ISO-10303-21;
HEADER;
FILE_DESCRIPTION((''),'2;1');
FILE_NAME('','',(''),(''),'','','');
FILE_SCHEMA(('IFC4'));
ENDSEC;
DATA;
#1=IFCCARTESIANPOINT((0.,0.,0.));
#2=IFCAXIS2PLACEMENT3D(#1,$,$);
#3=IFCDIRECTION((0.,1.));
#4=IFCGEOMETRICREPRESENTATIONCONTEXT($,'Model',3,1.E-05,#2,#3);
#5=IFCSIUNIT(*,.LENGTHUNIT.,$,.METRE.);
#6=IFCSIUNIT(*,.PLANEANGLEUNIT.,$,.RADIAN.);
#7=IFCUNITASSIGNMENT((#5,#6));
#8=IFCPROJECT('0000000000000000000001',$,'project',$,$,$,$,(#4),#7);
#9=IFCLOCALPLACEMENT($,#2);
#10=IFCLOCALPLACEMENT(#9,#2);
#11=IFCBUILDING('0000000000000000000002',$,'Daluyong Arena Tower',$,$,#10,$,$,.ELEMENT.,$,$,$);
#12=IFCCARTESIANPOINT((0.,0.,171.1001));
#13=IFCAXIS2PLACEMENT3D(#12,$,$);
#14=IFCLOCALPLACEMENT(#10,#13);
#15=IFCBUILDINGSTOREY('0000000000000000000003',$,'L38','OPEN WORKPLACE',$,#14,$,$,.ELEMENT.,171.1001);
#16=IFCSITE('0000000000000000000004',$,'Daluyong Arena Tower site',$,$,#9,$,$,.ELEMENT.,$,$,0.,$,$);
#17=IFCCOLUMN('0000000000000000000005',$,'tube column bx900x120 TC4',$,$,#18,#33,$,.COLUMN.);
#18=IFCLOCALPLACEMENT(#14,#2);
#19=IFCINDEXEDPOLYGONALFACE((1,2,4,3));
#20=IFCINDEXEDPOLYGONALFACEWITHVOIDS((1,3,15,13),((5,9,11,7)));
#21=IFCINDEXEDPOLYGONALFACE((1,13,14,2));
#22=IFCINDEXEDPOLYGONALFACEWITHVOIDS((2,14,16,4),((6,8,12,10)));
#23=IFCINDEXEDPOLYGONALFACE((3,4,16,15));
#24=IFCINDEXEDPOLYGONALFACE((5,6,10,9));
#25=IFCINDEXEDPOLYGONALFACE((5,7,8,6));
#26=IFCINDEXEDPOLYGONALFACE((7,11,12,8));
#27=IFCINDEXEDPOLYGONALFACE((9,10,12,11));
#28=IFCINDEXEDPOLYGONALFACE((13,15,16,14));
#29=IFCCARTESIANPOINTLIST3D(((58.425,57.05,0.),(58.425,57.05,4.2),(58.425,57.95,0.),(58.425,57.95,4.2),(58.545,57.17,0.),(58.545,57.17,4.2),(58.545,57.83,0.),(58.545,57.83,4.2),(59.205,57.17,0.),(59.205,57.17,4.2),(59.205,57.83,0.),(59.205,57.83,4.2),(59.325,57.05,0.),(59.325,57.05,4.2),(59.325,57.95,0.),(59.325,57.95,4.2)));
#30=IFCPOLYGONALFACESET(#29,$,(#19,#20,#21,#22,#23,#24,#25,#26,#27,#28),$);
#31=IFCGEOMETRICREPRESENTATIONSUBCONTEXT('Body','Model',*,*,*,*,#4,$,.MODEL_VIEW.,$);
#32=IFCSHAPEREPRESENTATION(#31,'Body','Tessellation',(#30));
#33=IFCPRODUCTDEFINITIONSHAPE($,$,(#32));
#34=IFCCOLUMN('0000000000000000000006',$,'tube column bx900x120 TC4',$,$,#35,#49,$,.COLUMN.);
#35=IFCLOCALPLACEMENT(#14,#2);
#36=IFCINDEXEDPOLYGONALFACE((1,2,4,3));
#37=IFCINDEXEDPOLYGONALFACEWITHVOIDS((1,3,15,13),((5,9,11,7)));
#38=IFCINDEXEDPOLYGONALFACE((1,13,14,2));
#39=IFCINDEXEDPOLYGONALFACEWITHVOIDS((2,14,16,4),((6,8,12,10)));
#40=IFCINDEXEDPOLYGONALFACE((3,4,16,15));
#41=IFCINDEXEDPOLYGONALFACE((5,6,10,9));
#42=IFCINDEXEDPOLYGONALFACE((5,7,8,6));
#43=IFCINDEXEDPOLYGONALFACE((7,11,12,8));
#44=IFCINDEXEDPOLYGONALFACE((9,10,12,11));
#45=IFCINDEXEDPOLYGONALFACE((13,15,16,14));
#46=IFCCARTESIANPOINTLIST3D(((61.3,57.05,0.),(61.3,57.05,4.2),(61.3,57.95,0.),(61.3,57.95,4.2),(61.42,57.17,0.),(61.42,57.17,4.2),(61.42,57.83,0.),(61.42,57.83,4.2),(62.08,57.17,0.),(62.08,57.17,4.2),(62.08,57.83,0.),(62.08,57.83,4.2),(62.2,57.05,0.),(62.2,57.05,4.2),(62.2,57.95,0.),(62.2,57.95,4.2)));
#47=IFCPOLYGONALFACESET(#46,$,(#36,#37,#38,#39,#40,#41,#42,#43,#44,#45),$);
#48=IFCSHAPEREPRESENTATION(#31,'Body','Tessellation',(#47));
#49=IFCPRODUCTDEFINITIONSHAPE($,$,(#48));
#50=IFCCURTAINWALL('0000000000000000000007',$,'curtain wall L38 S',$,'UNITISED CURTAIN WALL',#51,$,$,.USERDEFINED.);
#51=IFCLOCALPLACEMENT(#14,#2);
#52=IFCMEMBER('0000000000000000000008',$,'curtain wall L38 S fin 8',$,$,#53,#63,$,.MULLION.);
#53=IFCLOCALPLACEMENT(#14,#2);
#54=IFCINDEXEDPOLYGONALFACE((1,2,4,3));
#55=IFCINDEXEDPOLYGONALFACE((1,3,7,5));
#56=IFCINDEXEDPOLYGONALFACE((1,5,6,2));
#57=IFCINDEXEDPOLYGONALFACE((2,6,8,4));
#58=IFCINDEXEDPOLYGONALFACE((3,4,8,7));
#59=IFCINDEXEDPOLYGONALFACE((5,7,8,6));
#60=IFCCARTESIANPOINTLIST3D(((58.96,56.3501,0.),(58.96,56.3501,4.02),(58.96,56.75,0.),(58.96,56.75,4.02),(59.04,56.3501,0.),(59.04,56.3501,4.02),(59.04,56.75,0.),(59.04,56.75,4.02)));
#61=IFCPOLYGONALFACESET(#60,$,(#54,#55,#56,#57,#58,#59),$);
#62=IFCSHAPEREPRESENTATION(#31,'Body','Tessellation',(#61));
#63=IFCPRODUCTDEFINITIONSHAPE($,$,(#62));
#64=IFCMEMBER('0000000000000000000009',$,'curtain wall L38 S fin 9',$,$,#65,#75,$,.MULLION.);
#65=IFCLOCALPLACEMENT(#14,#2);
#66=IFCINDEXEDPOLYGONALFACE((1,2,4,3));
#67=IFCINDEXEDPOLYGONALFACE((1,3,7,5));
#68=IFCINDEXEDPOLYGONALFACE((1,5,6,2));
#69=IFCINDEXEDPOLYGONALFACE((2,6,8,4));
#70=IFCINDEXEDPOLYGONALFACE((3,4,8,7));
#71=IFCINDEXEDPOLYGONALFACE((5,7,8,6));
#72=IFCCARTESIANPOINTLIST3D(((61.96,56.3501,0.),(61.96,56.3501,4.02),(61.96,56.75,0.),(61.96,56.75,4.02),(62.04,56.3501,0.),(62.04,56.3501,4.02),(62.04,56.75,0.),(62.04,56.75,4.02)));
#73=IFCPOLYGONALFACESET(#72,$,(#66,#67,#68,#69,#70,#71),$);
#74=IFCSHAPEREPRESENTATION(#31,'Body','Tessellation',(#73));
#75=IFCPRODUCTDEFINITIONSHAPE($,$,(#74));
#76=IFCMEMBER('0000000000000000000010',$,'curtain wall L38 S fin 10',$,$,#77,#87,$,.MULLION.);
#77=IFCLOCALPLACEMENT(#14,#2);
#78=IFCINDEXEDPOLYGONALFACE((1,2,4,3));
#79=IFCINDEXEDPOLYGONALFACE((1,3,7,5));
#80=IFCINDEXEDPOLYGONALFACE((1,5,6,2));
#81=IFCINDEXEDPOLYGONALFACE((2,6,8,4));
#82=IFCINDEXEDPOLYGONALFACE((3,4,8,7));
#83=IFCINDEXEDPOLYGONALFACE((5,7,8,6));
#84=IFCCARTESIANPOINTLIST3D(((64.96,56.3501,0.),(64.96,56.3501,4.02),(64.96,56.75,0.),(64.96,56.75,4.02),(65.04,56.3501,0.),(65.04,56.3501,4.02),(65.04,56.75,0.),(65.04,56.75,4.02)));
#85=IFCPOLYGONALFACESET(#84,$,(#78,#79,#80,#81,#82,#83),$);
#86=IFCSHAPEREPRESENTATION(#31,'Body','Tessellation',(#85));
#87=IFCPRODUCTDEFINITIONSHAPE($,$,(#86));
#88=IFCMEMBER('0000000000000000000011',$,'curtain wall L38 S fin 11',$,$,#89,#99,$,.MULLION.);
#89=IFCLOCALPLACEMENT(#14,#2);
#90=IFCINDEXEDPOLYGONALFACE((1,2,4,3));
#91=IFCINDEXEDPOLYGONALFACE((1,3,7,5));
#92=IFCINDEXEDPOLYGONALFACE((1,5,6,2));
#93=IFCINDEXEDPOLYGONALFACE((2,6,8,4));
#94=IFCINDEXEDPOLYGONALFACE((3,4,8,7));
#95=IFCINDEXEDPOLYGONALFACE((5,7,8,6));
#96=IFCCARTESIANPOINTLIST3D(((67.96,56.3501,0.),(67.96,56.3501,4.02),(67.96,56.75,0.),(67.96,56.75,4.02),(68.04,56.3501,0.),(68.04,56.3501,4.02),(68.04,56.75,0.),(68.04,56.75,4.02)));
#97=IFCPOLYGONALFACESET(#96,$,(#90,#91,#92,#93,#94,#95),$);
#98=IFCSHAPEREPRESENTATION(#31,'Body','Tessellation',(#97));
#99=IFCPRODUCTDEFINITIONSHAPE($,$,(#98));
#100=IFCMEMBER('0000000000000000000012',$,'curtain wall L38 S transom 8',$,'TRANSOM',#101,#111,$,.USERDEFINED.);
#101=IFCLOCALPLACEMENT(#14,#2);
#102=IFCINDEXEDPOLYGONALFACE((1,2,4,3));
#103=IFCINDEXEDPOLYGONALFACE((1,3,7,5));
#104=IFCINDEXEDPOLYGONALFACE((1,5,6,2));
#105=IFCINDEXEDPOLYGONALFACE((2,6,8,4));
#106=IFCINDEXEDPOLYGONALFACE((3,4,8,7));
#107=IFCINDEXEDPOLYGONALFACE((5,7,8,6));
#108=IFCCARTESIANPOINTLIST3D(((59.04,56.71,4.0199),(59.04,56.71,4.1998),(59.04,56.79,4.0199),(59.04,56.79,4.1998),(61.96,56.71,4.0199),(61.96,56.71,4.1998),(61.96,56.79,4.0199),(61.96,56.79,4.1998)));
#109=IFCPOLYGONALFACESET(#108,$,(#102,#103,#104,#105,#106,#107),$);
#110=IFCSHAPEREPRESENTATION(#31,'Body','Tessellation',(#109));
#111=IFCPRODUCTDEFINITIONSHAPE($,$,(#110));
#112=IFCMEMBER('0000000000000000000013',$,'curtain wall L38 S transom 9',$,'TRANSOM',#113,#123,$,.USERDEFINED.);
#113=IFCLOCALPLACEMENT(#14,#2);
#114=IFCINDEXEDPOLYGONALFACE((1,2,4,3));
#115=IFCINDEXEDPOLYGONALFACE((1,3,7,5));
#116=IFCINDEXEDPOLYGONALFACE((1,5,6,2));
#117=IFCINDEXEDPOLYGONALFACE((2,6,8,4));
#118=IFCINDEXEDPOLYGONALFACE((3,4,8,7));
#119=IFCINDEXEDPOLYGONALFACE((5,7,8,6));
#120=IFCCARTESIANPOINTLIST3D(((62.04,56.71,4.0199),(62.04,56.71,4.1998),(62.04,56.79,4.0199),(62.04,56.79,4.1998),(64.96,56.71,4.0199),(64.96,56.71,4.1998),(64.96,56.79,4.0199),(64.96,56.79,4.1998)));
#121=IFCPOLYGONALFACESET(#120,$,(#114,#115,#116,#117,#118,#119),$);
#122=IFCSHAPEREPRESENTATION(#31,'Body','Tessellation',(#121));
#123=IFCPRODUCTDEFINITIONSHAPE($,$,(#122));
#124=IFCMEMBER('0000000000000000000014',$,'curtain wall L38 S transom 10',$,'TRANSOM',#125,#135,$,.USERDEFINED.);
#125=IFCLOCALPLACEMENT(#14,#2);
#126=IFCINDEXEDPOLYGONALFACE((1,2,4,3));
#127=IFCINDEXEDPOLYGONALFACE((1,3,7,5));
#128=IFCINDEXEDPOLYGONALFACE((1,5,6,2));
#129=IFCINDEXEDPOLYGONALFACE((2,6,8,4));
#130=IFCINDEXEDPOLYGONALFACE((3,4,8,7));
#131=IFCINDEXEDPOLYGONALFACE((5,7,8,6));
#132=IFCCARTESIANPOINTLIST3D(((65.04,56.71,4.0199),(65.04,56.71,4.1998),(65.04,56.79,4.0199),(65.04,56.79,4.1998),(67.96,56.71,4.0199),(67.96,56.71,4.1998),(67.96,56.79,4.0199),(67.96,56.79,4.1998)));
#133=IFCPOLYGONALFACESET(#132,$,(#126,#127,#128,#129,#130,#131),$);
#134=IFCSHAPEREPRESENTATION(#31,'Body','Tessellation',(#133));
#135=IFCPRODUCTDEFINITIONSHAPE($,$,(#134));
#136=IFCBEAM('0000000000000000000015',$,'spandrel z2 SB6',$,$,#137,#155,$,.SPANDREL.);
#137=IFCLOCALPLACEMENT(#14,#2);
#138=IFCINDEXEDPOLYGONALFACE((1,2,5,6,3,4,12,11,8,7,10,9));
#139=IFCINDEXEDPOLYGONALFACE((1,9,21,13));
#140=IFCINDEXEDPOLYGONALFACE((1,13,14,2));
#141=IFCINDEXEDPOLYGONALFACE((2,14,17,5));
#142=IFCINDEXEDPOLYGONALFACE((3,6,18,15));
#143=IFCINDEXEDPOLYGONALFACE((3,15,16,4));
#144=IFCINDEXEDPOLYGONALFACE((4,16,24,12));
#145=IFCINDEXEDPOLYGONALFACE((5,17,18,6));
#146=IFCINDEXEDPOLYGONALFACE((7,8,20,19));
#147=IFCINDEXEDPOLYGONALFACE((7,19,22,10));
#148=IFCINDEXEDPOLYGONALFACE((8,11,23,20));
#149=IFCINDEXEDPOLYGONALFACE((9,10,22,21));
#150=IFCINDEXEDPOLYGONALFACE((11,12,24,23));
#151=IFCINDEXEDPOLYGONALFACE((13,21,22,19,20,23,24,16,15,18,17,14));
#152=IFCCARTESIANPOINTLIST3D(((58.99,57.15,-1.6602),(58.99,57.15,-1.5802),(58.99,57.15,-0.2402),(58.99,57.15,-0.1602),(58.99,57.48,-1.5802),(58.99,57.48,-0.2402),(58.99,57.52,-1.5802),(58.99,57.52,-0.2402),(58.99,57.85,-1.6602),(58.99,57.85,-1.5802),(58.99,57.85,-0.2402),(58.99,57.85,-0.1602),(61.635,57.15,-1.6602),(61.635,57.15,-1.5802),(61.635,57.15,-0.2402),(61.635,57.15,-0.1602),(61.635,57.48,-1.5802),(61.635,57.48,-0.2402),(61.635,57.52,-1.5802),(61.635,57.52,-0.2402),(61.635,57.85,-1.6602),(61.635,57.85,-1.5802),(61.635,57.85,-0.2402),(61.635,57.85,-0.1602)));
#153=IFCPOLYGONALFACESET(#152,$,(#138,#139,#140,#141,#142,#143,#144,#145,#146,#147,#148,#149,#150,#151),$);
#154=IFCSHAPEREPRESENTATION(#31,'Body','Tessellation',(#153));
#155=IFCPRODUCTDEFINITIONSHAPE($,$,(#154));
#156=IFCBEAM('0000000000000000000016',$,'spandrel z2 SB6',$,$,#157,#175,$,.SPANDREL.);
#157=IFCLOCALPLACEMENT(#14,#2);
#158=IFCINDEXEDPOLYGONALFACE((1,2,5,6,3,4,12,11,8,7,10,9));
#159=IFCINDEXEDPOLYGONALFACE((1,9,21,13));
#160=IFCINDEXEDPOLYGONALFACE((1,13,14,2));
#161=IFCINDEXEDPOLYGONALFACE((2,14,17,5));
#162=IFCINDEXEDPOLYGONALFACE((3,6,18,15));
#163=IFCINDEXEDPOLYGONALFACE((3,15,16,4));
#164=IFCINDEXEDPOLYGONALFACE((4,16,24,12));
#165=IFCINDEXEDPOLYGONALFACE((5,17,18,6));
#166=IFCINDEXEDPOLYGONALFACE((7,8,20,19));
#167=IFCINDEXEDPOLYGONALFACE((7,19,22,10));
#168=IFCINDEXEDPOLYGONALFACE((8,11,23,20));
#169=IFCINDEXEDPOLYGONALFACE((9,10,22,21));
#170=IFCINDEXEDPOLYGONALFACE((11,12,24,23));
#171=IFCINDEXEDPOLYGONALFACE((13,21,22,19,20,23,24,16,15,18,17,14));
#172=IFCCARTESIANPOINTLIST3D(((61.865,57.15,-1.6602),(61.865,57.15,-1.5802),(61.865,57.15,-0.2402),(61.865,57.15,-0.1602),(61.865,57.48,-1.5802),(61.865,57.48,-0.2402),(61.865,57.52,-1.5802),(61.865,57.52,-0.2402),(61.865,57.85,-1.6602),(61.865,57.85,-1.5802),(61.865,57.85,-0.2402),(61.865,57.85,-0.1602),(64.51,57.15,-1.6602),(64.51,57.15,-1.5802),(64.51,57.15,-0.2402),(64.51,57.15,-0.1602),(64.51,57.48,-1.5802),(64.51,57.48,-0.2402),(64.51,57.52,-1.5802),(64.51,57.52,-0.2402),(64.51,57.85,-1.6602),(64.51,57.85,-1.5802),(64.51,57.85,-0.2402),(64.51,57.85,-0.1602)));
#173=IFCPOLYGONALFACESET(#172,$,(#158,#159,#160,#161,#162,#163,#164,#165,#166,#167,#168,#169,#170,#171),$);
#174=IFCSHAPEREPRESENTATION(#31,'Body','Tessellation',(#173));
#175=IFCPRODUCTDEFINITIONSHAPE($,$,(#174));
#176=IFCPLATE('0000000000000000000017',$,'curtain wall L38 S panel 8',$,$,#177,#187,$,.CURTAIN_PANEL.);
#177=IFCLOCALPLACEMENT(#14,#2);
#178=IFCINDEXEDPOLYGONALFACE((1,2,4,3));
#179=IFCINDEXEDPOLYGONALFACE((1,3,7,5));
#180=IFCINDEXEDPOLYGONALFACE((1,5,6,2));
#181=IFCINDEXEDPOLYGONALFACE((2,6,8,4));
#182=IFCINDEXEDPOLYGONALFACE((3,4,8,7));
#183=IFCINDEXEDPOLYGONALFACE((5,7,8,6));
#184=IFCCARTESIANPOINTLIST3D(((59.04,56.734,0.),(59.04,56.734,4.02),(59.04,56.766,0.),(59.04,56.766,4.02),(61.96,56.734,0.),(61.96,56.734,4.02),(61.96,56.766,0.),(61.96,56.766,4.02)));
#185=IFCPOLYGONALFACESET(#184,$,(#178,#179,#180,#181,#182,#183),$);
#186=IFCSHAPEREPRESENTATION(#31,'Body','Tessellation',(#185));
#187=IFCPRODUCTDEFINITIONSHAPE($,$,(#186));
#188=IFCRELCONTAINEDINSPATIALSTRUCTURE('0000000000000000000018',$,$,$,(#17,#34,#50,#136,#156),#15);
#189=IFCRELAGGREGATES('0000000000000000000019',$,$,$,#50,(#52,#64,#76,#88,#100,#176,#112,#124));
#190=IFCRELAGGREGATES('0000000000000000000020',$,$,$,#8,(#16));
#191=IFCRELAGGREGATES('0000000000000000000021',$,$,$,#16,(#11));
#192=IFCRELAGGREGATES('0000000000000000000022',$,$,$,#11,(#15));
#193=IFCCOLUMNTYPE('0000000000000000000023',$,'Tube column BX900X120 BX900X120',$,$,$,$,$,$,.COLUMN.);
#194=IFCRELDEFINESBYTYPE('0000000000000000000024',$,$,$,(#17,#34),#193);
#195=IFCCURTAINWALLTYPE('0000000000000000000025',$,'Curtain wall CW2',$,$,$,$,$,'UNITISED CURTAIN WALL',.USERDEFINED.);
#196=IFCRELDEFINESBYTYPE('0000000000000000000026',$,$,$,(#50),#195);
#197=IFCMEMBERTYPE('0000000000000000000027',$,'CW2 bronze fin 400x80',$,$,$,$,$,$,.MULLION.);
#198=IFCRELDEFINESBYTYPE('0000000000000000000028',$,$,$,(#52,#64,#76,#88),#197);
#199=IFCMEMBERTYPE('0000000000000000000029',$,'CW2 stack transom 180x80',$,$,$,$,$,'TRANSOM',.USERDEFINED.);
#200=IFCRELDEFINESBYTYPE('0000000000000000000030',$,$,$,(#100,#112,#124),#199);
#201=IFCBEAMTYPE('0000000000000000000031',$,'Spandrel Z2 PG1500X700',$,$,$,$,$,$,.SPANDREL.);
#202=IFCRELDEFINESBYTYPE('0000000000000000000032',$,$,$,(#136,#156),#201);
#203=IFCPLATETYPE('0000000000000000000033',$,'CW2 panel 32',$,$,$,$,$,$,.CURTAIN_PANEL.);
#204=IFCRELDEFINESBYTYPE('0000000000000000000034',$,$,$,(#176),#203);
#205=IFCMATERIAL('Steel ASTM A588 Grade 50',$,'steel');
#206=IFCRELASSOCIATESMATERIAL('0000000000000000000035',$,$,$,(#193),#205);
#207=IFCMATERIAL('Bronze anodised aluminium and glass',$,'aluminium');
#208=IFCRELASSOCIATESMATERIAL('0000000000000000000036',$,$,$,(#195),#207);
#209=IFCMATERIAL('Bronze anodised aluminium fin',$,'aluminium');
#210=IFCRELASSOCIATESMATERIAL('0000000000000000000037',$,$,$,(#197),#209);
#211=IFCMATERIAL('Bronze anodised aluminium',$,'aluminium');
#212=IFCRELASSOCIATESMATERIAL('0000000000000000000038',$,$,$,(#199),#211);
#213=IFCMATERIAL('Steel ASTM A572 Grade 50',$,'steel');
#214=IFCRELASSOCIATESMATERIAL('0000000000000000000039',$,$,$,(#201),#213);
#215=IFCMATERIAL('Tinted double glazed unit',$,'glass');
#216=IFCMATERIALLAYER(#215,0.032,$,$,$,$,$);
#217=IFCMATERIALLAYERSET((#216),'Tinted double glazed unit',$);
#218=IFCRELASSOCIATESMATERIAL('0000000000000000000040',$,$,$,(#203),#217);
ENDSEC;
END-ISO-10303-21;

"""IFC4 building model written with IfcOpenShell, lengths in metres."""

from ifc_helpers import new_model, si_unit, direction, frame, origin, origin_2d, place, context, subcontext, project, spatial, rectangle, hollow_rectangle, i_section, extrude, material, layer, layer_set, material_profile, profile_set, type_object, element, aggregate, save


model = new_model("IFC4")

# Units and contexts
model_context = context("Model", 3, precision=1e-05, world=origin(), true_north=direction((0.0, 1.0)))
body_context = subcontext(model_context, "Body", "Model", "MODEL_VIEW")
ifc_project = project(units=[si_unit("LENGTHUNIT", "METRE"), si_unit("PLANEANGLEUNIT", "RADIAN")], contexts=[model_context])

# Site, building, storey
site_placement = place(None, origin())
site = spatial("IfcSite", under=ifc_project, at=site_placement, Name="Daluyong Arena Tower site", CompositionType="ELEMENT", RefElevation=0.0)
building_placement = place(site_placement, origin())
building = spatial("IfcBuilding", under=site, at=building_placement, Name="Daluyong Arena Tower", CompositionType="ELEMENT")
storey_placement = place(building_placement, frame((0.0, 0.0, 171.1001)))
storey = spatial("IfcBuildingStorey", under=building, at=storey_placement, Name="L38", Description="OPEN WORKPLACE", CompositionType="ELEMENT", Elevation=171.1001)

# Columns
ifc_material_1 = material(Name="Steel ASTM A588 Grade 50", Category="steel")
ifc_material_profile_1 = material_profile(ifc_material_1, hollow_rectangle(XDim=0.8999, YDim=0.8999, WallThickness=0.12, at=origin_2d()))
ifc_profile_set_1 = profile_set([ifc_material_profile_1], Name="Steel ASTM A588 Grade 50")
column_type = type_object("IfcColumnType", Name="Tube column BX900X120 BX900X120", PredefinedType="COLUMN", material=ifc_profile_set_1)
for number, where, z_axis, x_axis, name in (
    (1, (58.875, 57.5, 0.0), (0.0, 0.0, 1.0), (1.0, 0.0, 0.0), "tube column bx900x120 TC4"),
    (2, (61.75, 57.5, 0.0), (0.0, 0.0, 1.0), (1.0, 0.0, 0.0), "tube column bx900x120 TC4"),
):
    element("IfcColumn", number, at=place(storey_placement, frame(where, z_axis=z_axis, x_axis=x_axis)), inside=storey, type_object=column_type, Name=name, PredefinedType="COLUMN", context=body_context, shape_type="SweptSolid", body=[
        extrude(hollow_rectangle(XDim=0.8999, YDim=0.8999, WallThickness=0.12, at=origin_2d()), origin(), (0.0, 0.0, 1.0), 4.2),
    ])

# Curtain wall, members
ifc_material_2 = material(Name="Bronze anodised aluminium and glass", Category="aluminium")
curtain_wall_type = type_object("IfcCurtainWallType", Name="Curtain wall CW2", ElementType="UNITISED CURTAIN WALL", PredefinedType="USERDEFINED", material=ifc_material_2)
curtain_wall_placement = place(storey_placement, origin())
curtain_wall = element("IfcCurtainWall", 3, at=curtain_wall_placement, inside=storey, type_object=curtain_wall_type, Name="curtain wall L38 S", ObjectType="UNITISED CURTAIN WALL", PredefinedType="USERDEFINED")
ifc_material_3 = material(Name="Bronze anodised aluminium fin", Category="aluminium")
ifc_material_profile_2 = material_profile(ifc_material_3, rectangle(XDim=0.3999, YDim=0.0801, at=origin_2d()))
ifc_profile_set_2 = profile_set([ifc_material_profile_2], Name="Bronze anodised aluminium fin")
member_type_1 = type_object("IfcMemberType", Name="CW2 bronze fin 400x80", PredefinedType="MULLION", material=ifc_profile_set_2)
member_1_placement = place(storey_placement, frame((59.0, 56.55, 0.0), z_axis=(0.0, 0.0, 1.0), x_axis=(0.0, 1.0, 0.0)))
member_1 = element("IfcMember", 4, at=member_1_placement, type_object=member_type_1, Name="curtain wall L38 S fin 8", PredefinedType="MULLION", context=body_context, shape_type="SweptSolid", body=[
    extrude(rectangle(XDim=0.3999, YDim=0.0801, at=origin_2d()), origin(), (0.0, 0.0, 1.0), 4.02),
])
member_2_placement = place(storey_placement, frame((62.0, 56.55, 0.0), z_axis=(0.0, 0.0, 1.0), x_axis=(0.0, 1.0, 0.0)))
member_2 = element("IfcMember", 5, at=member_2_placement, type_object=member_type_1, Name="curtain wall L38 S fin 9", PredefinedType="MULLION", context=body_context, shape_type="SweptSolid", body=[
    extrude(rectangle(XDim=0.3999, YDim=0.0801, at=origin_2d()), origin(), (0.0, 0.0, 1.0), 4.02),
])
member_3_placement = place(storey_placement, frame((65.0, 56.55, 0.0), z_axis=(0.0, 0.0, 1.0), x_axis=(0.0, 1.0, 0.0)))
member_3 = element("IfcMember", 6, at=member_3_placement, type_object=member_type_1, Name="curtain wall L38 S fin 10", PredefinedType="MULLION", context=body_context, shape_type="SweptSolid", body=[
    extrude(rectangle(XDim=0.3999, YDim=0.0801, at=origin_2d()), origin(), (0.0, 0.0, 1.0), 4.02),
])
member_4_placement = place(storey_placement, frame((68.0, 56.55, 0.0), z_axis=(0.0, 0.0, 1.0), x_axis=(0.0, 1.0, 0.0)))
member_4 = element("IfcMember", 7, at=member_4_placement, type_object=member_type_1, Name="curtain wall L38 S fin 11", PredefinedType="MULLION", context=body_context, shape_type="SweptSolid", body=[
    extrude(rectangle(XDim=0.3999, YDim=0.0801, at=origin_2d()), origin(), (0.0, 0.0, 1.0), 4.02),
])
ifc_material_4 = material(Name="Bronze anodised aluminium", Category="aluminium")
ifc_material_profile_3 = material_profile(ifc_material_4, rectangle(XDim=0.0801, YDim=0.1799, at=origin_2d()))
ifc_profile_set_3 = profile_set([ifc_material_profile_3], Name="Bronze anodised aluminium")
member_type_2 = type_object("IfcMemberType", Name="CW2 stack transom 180x80", ElementType="TRANSOM", PredefinedType="USERDEFINED", material=ifc_profile_set_3)
member_5_placement = place(storey_placement, frame((59.04, 56.75, 4.1099), z_axis=(1.0, 0.0, 0.0), x_axis=(0.0, 1.0, 0.0)))
member_5 = element("IfcMember", 8, at=member_5_placement, type_object=member_type_2, Name="curtain wall L38 S transom 8", ObjectType="TRANSOM", PredefinedType="USERDEFINED", context=body_context, shape_type="SweptSolid", body=[
    extrude(rectangle(XDim=0.0801, YDim=0.1799, at=origin_2d()), origin(), (0.0, 0.0, 1.0), 2.9199),
])
member_6_placement = place(storey_placement, frame((62.04, 56.75, 4.1099), z_axis=(1.0, 0.0, 0.0), x_axis=(0.0, 1.0, 0.0)))
member_6 = element("IfcMember", 9, at=member_6_placement, type_object=member_type_2, Name="curtain wall L38 S transom 9", ObjectType="TRANSOM", PredefinedType="USERDEFINED", context=body_context, shape_type="SweptSolid", body=[
    extrude(rectangle(XDim=0.0801, YDim=0.1799, at=origin_2d()), origin(), (0.0, 0.0, 1.0), 2.9199),
])
member_7_placement = place(storey_placement, frame((65.04, 56.75, 4.1099), z_axis=(1.0, 0.0, 0.0), x_axis=(0.0, 1.0, 0.0)))
member_7 = element("IfcMember", 10, at=member_7_placement, type_object=member_type_2, Name="curtain wall L38 S transom 10", ObjectType="TRANSOM", PredefinedType="USERDEFINED", context=body_context, shape_type="SweptSolid", body=[
    extrude(rectangle(XDim=0.0801, YDim=0.1799, at=origin_2d()), origin(), (0.0, 0.0, 1.0), 2.9199),
])

# Beams
ifc_material_5 = material(Name="Steel ASTM A572 Grade 50", Category="steel")
ifc_material_profile_4 = material_profile(ifc_material_5, i_section(OverallWidth=0.7, OverallDepth=1.5, WebThickness=0.04, FlangeThickness=0.08, at=origin_2d()))
ifc_profile_set_4 = profile_set([ifc_material_profile_4], Name="Steel ASTM A572 Grade 50")
beam_type = type_object("IfcBeamType", Name="Spandrel Z2 PG1500X700", PredefinedType="SPANDREL", material=ifc_profile_set_4)
for number, where, z_axis, x_axis, name in (
    (11, (58.99, 57.5, -0.9102), (1.0, 0.0, 0.0), (0.0, 1.0, 0.0), "spandrel z2 SB6"),
    (12, (61.865, 57.5, -0.9102), (1.0, 0.0, 0.0), (0.0, 1.0, 0.0), "spandrel z2 SB6"),
):
    element("IfcBeam", number, at=place(storey_placement, frame(where, z_axis=z_axis, x_axis=x_axis)), inside=storey, type_object=beam_type, Name=name, PredefinedType="SPANDREL", context=body_context, shape_type="SweptSolid", body=[
        extrude(i_section(OverallWidth=0.7, OverallDepth=1.5, WebThickness=0.04, FlangeThickness=0.08, at=origin_2d()), origin(), (0.0, 0.0, 1.0), 2.645),
    ])

# Plate
ifc_material_6 = material(Name="Tinted double glazed unit", Category="glass")
ifc_layer = layer(ifc_material_6, 0.032)
ifc_layer_set = layer_set([ifc_layer], Name="Tinted double glazed unit")
plate_type = type_object("IfcPlateType", Name="CW2 panel 32", PredefinedType="CURTAIN_PANEL", material=ifc_layer_set)
plate_1_placement = place(storey_placement, frame((60.5, 56.75, 0.0), z_axis=(0.0, 0.0, 1.0), x_axis=(1.0, 0.0, 0.0)))
plate_1 = element("IfcPlate", 13, at=plate_1_placement, type_object=plate_type, Name="curtain wall L38 S panel 8", PredefinedType="CURTAIN_PANEL", context=body_context, shape_type="SweptSolid", body=[
    extrude(rectangle(XDim=2.9199, YDim=0.032, at=origin_2d()), origin(), (0.0, 0.0, 1.0), 4.02),
])
aggregate(curtain_wall, [member_1, member_2, member_3, member_4, member_5, plate_1, member_6, member_7])

save(model, "model.ifc")
